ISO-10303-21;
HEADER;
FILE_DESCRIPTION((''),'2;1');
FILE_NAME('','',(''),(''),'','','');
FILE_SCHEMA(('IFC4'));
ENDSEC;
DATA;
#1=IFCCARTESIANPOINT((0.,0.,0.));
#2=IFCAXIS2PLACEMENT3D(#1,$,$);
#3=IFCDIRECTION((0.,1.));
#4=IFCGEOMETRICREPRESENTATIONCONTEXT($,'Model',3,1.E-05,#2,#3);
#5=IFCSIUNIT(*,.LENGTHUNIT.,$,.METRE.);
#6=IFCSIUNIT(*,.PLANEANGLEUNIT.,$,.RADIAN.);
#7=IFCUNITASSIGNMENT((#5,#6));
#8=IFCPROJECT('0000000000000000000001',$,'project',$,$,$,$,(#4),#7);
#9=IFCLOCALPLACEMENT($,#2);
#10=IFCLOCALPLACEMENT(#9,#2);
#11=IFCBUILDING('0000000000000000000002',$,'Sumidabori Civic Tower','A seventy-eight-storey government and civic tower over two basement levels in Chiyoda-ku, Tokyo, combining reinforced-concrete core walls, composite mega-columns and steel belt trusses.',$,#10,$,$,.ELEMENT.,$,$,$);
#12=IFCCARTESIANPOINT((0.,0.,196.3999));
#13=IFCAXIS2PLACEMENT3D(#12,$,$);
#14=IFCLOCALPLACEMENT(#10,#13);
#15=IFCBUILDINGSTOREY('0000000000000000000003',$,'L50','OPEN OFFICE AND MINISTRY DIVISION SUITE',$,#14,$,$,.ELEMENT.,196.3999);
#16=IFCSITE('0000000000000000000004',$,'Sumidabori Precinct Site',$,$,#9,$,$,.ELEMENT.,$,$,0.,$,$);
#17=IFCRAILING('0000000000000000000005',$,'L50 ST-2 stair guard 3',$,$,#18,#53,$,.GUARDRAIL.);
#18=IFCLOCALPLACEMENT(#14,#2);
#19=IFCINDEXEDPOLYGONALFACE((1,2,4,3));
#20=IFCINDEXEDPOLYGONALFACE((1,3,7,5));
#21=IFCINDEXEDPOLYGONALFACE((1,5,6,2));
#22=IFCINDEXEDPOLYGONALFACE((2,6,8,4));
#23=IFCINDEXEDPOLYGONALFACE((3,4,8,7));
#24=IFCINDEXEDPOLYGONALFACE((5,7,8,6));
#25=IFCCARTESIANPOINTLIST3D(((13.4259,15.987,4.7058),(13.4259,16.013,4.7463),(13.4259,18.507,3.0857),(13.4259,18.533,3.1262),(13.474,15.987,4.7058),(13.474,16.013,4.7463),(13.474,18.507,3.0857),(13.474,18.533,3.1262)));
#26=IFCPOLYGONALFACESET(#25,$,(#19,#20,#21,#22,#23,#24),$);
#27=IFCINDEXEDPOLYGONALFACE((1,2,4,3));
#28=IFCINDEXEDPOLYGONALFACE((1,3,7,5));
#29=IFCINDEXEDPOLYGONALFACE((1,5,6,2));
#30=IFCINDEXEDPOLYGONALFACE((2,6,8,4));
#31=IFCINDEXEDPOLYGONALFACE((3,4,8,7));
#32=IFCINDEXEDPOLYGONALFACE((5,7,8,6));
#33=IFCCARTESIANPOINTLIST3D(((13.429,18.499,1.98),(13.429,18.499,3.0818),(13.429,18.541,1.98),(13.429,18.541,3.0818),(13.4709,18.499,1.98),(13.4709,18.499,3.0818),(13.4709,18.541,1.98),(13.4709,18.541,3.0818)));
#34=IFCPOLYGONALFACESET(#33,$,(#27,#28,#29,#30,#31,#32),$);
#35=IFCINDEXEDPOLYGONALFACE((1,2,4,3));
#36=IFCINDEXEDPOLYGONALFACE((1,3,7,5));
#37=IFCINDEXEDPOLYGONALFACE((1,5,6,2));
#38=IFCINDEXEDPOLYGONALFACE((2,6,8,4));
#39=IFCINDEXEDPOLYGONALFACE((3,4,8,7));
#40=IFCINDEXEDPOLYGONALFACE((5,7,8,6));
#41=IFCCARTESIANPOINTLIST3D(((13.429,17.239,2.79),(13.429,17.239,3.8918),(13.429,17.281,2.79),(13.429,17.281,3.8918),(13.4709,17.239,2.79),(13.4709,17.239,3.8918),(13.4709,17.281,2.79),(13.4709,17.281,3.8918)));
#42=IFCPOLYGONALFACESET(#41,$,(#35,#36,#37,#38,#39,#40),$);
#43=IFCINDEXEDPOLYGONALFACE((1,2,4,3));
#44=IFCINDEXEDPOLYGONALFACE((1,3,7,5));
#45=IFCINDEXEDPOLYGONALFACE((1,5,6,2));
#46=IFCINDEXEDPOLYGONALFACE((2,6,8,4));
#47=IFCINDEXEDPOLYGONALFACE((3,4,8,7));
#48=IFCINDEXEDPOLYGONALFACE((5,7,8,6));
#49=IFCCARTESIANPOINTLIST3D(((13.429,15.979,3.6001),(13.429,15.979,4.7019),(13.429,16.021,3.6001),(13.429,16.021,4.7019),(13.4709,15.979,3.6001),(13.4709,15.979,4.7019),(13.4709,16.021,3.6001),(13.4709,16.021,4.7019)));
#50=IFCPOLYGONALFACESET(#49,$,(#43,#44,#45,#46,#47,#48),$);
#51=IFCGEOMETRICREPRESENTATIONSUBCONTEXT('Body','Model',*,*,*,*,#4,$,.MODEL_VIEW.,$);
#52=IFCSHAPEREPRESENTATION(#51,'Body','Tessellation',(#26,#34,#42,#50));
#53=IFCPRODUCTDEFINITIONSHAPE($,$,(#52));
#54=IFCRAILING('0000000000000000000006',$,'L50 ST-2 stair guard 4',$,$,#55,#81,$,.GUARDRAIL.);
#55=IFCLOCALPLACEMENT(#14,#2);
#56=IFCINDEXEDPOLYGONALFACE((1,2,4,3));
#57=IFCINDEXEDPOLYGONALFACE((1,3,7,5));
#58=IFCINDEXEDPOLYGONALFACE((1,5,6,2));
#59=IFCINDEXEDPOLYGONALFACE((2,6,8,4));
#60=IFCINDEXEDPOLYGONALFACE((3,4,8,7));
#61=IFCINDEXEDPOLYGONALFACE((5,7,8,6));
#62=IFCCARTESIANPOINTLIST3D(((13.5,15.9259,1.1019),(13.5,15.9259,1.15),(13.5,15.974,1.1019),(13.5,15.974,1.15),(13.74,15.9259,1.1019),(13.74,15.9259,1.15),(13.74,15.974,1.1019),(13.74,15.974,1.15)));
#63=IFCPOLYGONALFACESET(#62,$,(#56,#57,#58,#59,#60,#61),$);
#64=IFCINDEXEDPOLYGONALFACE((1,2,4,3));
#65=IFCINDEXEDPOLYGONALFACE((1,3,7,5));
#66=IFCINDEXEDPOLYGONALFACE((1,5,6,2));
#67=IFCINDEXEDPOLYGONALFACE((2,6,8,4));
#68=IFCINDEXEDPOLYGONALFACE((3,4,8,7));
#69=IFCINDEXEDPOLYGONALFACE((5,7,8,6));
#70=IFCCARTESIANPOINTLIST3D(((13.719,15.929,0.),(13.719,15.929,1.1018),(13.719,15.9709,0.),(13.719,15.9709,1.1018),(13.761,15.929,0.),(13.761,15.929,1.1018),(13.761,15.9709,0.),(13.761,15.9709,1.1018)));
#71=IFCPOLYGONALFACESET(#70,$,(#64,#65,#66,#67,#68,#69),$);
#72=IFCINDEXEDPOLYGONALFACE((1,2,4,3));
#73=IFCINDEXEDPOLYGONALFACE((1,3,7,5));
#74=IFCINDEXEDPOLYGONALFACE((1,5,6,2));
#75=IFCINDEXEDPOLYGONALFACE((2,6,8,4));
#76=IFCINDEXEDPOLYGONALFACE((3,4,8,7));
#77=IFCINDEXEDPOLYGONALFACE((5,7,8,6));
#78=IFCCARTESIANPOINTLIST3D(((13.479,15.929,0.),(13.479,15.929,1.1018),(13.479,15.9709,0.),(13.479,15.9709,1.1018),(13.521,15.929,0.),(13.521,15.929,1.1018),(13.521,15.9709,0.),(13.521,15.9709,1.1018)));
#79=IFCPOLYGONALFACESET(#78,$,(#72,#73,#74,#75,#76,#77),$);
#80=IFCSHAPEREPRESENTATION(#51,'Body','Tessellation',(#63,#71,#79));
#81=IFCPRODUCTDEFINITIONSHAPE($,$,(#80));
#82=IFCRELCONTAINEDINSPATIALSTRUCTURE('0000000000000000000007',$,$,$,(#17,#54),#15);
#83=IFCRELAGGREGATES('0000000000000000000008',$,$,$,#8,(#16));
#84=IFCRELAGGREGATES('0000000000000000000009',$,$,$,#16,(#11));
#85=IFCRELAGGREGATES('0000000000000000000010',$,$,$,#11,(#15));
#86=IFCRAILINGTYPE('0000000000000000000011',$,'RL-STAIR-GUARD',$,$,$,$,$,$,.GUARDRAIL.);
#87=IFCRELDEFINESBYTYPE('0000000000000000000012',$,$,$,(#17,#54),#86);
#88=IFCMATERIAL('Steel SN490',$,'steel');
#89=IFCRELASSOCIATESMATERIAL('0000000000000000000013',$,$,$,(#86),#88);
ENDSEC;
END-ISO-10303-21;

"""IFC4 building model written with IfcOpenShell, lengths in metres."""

from ifc_helpers import new_model, si_unit, direction, frame, origin, origin_2d, place, context, subcontext, project, spatial, rectangle, extrude, material, type_object, element, save


model = new_model("IFC4")

# Units and contexts
model_context = context("Model", 3, precision=1e-05, world=origin(), true_north=direction((0.0, 1.0)))
body_context = subcontext(model_context, "Body", "Model", "MODEL_VIEW")
ifc_project = project(units=[si_unit("LENGTHUNIT", "METRE"), si_unit("PLANEANGLEUNIT", "RADIAN")], contexts=[model_context])

# Site, building, storey
site_placement = place(None, origin())
site = spatial("IfcSite", under=ifc_project, at=site_placement, Name="Sumidabori Precinct Site", CompositionType="ELEMENT", RefElevation=0.0)
building_placement = place(site_placement, origin())
building = spatial("IfcBuilding", under=site, at=building_placement, Name="Sumidabori Civic Tower", Description="A seventy-eight-storey government and civic tower over two basement levels in Chiyoda-ku, Tokyo, combining reinforced-concrete core walls, composite mega-columns and steel belt trusses.", CompositionType="ELEMENT")
storey_placement = place(building_placement, frame((0.0, 0.0, 196.3999)))
storey = spatial("IfcBuildingStorey", under=building, at=storey_placement, Name="L50", Description="OPEN OFFICE AND MINISTRY DIVISION SUITE", CompositionType="ELEMENT", Elevation=196.3999)

# Railings
ifc_material_1 = material(Name="Steel SN490", Category="steel")
railing_type_1 = type_object("IfcRailingType", Name="RL-STAIR-GUARD", PredefinedType="GUARDRAIL", material=ifc_material_1)
railing_1_placement = place(storey_placement, frame((13.45, 18.52, 1.98)))
element("IfcRailing", 1, at=railing_1_placement, inside=storey, type_object=railing_type_1, Name="L50 ST-2 stair guard 3", PredefinedType="GUARDRAIL", context=body_context, shape_type="SweptSolid", body=[
    extrude(rectangle(XDim=0.0481, YDim=0.0481, at=origin_2d()), frame((0.0, 0.0, 1.126), z_axis=(0.0, -0.841163, 0.540782), x_axis=(1.0, 0.0, 0.0)), (0.0, 0.0, 1.0), 2.9958),
    extrude(rectangle(XDim=0.042, YDim=0.042, at=origin_2d()), origin(), (0.0, 0.0, 1.0), 1.1018),
    extrude(rectangle(XDim=0.042, YDim=0.042, at=origin_2d()), frame((0.0, -1.26, 0.8101)), (0.0, 0.0, 1.0), 1.1018),
    extrude(rectangle(XDim=0.042, YDim=0.042, at=origin_2d()), frame((0.0, -2.52, 1.6201)), (0.0, 0.0, 1.0), 1.1018),
])
railing_2_placement = place(storey_placement, frame((13.74, 15.95, 0.0)))
element("IfcRailing", 2, at=railing_2_placement, inside=storey, type_object=railing_type_1, Name="L50 ST-2 stair guard 4", PredefinedType="GUARDRAIL", context=body_context, shape_type="SweptSolid", body=[
    extrude(rectangle(XDim=0.0481, YDim=0.0481, at=origin_2d()), frame((0.0, 0.0, 1.126), z_axis=(-1.0, 0.0, 0.0), x_axis=(0.0, -1.0, 0.0)), (0.0, 0.0, 1.0), 0.24),
    extrude(rectangle(XDim=0.042, YDim=0.042, at=origin_2d()), origin(), (0.0, 0.0, 1.0), 1.1018),
    extrude(rectangle(XDim=0.042, YDim=0.042, at=origin_2d()), frame((-0.24, 0.0, 0.0)), (0.0, 0.0, 1.0), 1.1018),
])

save(model, "model.ifc")
